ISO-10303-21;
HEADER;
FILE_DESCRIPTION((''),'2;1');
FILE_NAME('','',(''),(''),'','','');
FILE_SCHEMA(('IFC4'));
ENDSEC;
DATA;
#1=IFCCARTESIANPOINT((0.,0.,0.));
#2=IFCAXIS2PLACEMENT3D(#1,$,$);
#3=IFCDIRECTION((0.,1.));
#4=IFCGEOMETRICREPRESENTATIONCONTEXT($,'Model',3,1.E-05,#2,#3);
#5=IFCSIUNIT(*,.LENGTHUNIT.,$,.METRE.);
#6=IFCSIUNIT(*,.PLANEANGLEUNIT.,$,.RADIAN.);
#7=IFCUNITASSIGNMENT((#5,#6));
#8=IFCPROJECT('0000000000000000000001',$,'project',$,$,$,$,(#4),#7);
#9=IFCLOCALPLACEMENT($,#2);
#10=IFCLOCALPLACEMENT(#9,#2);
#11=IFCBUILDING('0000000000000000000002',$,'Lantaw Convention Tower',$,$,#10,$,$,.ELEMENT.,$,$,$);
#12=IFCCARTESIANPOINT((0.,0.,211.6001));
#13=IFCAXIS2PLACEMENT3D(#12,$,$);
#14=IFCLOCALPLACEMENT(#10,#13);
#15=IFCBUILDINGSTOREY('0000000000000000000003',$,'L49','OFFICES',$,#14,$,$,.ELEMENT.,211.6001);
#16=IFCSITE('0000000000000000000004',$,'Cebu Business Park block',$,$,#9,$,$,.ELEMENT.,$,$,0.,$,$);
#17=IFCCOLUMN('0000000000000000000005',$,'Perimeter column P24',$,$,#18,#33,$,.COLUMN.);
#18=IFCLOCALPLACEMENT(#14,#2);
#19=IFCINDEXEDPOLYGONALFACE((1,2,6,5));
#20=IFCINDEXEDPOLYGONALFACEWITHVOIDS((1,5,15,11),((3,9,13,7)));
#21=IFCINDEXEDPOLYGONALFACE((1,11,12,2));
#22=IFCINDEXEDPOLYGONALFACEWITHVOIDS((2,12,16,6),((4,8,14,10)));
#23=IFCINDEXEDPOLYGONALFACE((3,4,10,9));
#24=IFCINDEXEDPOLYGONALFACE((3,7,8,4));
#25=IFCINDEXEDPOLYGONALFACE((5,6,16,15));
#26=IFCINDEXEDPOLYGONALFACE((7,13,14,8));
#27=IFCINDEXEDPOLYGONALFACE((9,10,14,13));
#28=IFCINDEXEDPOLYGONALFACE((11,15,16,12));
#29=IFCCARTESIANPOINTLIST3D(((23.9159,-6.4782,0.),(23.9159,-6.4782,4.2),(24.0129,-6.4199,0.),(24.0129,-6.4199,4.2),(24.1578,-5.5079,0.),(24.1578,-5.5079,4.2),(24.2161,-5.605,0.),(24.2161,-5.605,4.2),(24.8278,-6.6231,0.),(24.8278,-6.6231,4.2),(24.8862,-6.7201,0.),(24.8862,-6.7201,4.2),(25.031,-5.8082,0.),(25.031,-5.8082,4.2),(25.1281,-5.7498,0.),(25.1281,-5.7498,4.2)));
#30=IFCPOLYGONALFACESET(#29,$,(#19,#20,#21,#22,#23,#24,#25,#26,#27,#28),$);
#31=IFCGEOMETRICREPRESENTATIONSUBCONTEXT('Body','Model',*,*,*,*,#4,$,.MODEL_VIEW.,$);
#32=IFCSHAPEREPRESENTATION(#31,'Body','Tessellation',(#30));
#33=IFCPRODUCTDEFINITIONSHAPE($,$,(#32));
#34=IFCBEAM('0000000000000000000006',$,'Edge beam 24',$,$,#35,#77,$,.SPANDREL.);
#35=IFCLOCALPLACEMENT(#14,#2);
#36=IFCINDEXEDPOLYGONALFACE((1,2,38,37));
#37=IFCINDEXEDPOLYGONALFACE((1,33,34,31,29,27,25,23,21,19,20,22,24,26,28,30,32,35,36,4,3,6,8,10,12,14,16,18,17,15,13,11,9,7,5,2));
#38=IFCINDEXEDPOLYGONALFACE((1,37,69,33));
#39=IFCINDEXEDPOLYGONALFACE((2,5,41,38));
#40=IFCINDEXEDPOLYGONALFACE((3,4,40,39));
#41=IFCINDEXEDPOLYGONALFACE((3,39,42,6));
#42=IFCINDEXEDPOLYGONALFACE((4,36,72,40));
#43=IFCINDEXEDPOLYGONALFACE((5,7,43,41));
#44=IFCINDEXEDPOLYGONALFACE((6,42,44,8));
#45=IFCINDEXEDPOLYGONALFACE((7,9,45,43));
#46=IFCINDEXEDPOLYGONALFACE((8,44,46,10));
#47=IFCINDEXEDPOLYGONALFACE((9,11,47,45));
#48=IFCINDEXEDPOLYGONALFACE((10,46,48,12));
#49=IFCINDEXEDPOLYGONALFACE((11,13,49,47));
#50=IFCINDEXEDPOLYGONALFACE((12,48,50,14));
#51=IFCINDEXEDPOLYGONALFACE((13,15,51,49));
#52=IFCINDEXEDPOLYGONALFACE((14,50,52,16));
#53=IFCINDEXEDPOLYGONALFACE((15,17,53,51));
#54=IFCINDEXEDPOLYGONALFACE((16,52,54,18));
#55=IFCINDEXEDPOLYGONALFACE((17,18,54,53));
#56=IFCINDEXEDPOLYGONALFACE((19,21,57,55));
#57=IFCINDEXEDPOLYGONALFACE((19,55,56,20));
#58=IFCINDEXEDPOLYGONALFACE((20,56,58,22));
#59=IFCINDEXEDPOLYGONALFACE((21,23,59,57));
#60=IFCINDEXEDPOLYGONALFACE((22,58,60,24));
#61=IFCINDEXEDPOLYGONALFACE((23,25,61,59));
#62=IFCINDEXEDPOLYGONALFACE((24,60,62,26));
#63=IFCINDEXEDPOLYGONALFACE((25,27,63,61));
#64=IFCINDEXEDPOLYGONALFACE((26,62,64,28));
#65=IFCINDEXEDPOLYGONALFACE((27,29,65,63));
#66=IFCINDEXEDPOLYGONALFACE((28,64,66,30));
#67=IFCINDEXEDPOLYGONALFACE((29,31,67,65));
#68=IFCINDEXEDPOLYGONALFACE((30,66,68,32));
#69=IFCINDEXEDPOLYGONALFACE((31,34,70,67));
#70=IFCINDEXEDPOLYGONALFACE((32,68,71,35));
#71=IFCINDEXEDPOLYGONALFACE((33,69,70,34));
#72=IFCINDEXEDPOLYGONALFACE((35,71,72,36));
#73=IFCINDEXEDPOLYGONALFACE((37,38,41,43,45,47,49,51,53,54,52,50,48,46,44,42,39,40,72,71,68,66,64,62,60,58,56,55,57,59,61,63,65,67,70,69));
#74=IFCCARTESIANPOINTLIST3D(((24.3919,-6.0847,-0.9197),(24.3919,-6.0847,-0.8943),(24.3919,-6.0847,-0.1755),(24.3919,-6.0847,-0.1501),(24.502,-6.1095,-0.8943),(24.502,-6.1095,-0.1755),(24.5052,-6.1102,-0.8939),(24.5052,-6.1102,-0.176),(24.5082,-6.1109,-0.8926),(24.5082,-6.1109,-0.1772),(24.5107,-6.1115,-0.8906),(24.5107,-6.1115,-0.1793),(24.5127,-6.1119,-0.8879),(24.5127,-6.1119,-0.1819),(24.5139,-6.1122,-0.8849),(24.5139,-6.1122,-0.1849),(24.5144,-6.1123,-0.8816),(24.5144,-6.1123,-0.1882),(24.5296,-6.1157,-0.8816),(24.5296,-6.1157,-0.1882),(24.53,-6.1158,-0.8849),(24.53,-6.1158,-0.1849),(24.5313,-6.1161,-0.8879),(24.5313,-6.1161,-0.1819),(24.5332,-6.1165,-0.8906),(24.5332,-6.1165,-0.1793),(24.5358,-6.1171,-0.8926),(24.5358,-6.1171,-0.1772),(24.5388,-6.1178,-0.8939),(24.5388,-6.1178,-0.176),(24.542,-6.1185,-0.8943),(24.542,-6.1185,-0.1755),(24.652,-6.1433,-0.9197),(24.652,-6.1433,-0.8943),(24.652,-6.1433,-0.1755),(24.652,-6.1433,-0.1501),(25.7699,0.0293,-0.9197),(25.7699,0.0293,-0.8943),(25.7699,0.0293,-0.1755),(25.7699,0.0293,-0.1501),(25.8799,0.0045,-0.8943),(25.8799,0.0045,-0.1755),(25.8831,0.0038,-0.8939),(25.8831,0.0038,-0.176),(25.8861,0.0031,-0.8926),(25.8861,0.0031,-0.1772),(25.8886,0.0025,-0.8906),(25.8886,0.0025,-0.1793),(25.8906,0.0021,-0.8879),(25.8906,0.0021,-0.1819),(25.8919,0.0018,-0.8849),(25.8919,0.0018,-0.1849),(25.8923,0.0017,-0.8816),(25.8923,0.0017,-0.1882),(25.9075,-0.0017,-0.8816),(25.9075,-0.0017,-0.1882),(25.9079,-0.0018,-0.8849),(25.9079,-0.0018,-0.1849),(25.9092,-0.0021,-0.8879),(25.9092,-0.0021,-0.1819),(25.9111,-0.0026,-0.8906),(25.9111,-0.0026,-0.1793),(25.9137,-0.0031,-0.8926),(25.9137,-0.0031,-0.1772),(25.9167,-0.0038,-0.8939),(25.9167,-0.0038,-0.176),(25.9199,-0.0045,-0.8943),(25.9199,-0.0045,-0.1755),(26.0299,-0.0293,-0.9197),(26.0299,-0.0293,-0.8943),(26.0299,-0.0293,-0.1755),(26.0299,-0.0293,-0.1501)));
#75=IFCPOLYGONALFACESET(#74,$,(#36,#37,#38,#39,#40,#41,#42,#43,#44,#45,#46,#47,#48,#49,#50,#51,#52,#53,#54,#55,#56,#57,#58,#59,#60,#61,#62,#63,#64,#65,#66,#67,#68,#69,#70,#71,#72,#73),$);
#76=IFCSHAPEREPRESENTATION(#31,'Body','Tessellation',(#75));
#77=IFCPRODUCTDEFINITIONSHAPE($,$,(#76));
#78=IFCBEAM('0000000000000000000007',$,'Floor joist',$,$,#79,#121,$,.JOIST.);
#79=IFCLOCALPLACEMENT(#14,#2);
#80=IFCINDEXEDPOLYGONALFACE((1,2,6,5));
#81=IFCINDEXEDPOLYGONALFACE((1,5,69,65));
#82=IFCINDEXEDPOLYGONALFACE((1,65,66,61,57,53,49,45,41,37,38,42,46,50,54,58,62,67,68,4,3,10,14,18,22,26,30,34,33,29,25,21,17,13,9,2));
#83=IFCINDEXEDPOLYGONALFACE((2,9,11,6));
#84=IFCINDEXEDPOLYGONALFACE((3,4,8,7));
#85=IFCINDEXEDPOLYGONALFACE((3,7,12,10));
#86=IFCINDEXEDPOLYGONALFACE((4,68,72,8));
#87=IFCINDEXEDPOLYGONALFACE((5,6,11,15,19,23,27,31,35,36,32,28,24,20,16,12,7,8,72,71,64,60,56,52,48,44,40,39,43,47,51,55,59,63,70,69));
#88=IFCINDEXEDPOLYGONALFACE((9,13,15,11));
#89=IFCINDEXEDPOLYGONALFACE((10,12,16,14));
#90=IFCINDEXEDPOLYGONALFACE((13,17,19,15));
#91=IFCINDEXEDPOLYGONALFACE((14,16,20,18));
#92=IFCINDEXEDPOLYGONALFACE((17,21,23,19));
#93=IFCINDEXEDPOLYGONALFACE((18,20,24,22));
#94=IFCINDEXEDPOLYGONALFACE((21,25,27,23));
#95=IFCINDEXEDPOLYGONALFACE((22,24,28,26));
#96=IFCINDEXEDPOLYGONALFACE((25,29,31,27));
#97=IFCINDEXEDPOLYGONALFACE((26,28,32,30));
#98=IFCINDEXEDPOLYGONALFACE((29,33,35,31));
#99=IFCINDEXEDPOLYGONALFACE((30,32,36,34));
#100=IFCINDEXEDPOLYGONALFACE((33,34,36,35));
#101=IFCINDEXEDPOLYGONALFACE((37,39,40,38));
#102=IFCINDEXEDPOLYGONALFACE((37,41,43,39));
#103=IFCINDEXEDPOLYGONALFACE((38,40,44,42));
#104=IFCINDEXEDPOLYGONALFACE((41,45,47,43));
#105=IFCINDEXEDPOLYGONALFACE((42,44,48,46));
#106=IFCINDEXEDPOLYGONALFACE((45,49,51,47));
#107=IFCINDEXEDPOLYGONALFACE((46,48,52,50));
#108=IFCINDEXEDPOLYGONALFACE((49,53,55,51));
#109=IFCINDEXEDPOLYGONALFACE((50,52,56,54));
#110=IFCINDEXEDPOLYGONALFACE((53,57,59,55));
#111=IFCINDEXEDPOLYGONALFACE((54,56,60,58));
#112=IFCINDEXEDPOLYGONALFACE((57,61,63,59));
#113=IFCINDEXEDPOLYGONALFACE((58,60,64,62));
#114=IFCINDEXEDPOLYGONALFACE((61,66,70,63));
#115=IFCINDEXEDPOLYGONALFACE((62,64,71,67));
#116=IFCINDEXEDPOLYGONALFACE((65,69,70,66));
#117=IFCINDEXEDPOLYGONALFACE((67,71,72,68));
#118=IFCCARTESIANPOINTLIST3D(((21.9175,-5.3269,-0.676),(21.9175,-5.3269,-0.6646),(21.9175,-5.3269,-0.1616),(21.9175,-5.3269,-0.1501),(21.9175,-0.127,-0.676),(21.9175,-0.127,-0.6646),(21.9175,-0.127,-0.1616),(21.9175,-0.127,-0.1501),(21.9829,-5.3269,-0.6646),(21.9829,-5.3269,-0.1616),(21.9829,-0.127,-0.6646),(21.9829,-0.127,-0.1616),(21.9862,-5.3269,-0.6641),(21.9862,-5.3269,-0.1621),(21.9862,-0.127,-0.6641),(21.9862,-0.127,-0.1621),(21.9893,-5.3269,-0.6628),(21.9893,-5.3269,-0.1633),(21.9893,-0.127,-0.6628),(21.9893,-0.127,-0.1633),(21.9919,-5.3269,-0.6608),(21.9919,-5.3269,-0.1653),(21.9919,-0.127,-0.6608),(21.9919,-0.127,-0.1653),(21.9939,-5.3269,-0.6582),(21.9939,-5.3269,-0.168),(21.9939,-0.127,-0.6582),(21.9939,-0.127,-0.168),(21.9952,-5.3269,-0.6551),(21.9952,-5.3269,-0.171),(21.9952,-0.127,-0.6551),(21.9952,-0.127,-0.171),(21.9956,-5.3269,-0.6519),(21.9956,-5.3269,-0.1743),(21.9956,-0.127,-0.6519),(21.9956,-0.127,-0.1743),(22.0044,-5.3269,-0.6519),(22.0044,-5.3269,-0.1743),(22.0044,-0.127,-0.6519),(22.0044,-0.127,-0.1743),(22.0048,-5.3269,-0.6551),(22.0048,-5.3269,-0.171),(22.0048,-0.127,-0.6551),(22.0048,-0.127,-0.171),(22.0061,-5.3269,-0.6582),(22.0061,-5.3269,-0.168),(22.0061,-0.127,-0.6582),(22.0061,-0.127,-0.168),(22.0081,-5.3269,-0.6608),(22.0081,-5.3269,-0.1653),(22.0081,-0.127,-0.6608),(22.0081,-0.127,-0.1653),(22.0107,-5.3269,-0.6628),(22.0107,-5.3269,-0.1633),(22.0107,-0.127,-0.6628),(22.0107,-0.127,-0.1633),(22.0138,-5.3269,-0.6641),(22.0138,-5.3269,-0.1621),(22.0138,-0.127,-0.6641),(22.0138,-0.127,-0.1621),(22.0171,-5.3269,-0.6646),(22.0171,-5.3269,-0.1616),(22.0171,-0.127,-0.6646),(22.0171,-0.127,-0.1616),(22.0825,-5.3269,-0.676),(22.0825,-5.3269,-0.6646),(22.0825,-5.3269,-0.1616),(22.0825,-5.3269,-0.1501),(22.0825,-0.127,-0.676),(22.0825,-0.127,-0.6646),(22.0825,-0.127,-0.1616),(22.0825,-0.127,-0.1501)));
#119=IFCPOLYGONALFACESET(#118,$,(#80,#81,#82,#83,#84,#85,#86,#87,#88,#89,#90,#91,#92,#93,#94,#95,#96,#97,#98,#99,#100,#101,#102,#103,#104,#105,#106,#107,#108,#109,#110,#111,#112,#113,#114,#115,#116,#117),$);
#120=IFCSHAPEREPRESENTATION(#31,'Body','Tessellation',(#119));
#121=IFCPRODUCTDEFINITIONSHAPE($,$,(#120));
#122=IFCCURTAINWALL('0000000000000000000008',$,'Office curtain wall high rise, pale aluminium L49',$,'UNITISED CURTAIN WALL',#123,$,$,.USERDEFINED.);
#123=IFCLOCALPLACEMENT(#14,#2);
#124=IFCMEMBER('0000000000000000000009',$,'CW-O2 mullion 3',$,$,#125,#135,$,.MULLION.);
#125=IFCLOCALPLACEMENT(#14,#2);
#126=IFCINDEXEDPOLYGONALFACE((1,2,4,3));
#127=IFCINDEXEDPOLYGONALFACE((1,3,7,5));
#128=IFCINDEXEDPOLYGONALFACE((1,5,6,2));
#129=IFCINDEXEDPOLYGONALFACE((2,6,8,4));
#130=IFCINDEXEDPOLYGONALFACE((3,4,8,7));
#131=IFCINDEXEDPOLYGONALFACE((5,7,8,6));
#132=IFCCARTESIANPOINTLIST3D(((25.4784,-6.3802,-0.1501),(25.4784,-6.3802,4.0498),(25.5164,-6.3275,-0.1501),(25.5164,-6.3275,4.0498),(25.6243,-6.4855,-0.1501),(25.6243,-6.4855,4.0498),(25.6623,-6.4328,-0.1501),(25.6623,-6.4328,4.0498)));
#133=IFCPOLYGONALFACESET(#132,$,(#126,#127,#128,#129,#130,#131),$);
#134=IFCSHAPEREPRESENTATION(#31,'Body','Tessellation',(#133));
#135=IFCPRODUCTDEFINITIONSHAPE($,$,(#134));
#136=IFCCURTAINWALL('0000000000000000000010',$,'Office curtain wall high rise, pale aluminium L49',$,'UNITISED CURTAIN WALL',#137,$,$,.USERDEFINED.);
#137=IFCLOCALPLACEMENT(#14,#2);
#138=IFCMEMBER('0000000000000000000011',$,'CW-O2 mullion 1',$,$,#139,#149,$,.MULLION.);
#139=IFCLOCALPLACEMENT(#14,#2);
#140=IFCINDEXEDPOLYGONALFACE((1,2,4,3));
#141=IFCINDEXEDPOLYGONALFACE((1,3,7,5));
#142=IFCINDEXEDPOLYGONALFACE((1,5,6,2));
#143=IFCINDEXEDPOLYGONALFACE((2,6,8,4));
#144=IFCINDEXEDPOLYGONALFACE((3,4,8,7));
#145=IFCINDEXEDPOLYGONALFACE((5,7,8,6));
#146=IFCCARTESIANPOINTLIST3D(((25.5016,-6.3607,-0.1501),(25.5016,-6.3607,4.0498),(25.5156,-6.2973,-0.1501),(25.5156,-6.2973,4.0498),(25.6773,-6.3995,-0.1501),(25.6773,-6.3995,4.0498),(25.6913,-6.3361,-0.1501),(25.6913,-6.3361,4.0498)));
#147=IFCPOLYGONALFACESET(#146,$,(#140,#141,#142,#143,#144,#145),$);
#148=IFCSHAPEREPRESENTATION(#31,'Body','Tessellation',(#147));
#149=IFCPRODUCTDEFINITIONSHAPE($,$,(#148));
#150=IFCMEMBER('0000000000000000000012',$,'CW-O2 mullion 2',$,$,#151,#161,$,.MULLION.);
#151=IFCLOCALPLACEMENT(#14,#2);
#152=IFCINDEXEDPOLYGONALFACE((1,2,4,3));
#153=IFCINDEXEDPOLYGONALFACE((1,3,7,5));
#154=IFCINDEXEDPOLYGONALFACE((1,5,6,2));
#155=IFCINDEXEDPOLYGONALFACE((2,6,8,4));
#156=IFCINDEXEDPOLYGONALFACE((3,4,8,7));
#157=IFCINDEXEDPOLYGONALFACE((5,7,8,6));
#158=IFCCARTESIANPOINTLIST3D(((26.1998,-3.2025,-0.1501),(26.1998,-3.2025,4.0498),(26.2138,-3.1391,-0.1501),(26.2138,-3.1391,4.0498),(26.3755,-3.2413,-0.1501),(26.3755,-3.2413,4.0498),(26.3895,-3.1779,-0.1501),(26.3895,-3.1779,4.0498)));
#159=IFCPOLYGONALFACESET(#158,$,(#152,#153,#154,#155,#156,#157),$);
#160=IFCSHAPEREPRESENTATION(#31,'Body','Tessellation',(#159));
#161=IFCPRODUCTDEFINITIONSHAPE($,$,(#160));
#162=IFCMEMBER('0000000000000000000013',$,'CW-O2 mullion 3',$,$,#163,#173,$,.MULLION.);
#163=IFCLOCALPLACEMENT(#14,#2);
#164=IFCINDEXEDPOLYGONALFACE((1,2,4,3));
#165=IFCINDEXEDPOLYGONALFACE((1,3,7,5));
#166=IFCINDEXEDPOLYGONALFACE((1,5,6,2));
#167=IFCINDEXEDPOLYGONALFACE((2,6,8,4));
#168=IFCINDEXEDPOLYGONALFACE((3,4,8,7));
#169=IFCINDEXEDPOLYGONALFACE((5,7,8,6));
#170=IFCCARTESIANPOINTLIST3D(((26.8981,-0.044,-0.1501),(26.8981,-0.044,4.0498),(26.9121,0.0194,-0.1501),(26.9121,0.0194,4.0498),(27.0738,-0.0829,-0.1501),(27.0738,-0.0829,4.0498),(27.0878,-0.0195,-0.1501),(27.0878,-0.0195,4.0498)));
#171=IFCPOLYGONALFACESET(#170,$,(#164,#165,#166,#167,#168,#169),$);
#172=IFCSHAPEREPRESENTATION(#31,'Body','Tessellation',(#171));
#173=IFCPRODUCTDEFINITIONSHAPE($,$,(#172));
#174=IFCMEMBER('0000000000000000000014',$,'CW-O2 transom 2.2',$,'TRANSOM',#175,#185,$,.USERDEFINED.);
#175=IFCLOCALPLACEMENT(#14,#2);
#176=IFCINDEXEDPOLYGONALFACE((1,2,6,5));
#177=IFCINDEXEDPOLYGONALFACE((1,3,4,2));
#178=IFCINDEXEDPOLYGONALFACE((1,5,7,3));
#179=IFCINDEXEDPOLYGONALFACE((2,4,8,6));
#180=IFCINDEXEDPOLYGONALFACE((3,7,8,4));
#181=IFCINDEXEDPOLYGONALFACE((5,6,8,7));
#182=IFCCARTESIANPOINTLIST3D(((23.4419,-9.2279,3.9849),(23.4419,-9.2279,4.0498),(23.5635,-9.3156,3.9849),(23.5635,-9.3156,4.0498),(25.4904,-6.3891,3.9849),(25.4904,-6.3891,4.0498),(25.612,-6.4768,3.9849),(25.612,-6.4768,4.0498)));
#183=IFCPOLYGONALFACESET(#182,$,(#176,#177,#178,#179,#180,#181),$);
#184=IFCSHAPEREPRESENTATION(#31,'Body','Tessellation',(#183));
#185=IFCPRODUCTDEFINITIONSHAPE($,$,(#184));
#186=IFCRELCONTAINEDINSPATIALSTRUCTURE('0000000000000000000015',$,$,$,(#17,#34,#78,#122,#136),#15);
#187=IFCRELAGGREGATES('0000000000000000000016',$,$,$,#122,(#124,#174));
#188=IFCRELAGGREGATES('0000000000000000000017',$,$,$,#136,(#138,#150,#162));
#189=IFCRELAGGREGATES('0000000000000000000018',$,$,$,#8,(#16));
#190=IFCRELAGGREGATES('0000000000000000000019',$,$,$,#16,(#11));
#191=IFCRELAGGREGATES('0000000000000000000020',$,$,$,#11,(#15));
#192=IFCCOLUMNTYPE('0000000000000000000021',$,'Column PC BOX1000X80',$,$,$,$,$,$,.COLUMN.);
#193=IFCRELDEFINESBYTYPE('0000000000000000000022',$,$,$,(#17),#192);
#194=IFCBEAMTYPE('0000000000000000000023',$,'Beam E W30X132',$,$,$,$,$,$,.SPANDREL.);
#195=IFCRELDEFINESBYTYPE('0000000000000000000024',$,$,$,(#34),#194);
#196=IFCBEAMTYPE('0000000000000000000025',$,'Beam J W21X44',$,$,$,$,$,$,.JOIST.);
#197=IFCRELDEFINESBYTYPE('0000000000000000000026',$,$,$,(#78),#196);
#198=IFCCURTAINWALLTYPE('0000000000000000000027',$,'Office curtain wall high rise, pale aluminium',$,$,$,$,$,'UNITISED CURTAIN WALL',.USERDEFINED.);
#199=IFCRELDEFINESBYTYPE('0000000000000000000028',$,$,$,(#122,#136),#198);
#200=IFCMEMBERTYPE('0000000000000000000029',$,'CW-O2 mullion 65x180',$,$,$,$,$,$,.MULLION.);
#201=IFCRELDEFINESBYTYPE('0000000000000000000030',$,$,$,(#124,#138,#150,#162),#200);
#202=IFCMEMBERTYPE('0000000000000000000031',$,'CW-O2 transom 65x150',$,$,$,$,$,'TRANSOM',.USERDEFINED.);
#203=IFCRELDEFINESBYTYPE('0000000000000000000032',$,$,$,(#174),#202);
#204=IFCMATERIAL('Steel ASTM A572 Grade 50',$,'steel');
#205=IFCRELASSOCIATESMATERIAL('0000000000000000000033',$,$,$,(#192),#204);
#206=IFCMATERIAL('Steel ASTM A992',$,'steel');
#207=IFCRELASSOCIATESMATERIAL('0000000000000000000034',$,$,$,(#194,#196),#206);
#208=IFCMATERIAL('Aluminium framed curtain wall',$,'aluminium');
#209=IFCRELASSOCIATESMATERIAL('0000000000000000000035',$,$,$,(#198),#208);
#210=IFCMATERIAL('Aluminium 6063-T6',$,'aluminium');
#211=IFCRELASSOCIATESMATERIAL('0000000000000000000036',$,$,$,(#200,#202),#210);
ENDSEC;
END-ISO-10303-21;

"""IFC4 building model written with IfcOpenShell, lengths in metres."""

from ifc_helpers import new_model, si_unit, direction, frame, origin, origin_2d, place, context, subcontext, project, spatial, rectangle, hollow_rectangle, i_section, extrude, material, material_profile, profile_set, type_object, element, aggregate, save


model = new_model("IFC4")

# Units and contexts
model_context = context("Model", 3, precision=1e-05, world=origin(), true_north=direction((0.0, 1.0)))
body_context = subcontext(model_context, "Body", "Model", "MODEL_VIEW")
ifc_project = project(units=[si_unit("LENGTHUNIT", "METRE"), si_unit("PLANEANGLEUNIT", "RADIAN")], contexts=[model_context])

# Site, building, storey
site_placement = place(None, origin())
site = spatial("IfcSite", under=ifc_project, at=site_placement, Name="Cebu Business Park block", CompositionType="ELEMENT", RefElevation=0.0)
building_placement = place(site_placement, origin())
building = spatial("IfcBuilding", under=site, at=building_placement, Name="Lantaw Convention Tower", CompositionType="ELEMENT")
storey_placement = place(building_placement, frame((0.0, 0.0, 211.6001)))
storey = spatial("IfcBuildingStorey", under=building, at=storey_placement, Name="L49", Description="OFFICES", CompositionType="ELEMENT", Elevation=211.6001)

# Column
ifc_material_1 = material(Name="Steel ASTM A572 Grade 50", Category="steel")
ifc_material_profile_1 = material_profile(ifc_material_1, hollow_rectangle(XDim=1.0, YDim=1.0, WallThickness=0.0801, at=origin_2d()), Name="BOX1000X80")
ifc_material_2 = material(Name="Concrete C60/75", Category="concrete")
ifc_material_profile_2 = material_profile(ifc_material_2, rectangle(XDim=0.8401, YDim=0.8401, at=origin_2d()), Name="Concrete fill of BOX1000X80")
ifc_profile_set_1 = profile_set([ifc_material_profile_1, ifc_material_profile_2], Name="Steel ASTM A572 Grade 50")
column_type = type_object("IfcColumnType", Name="Column PC BOX1000X80", PredefinedType="COLUMN", material=ifc_profile_set_1)
column_placement = place(storey_placement, frame((24.522, -6.114, 0.0), z_axis=(0.0, 0.0, 1.0), x_axis=(0.241922, 0.970296, 0.0)))
element("IfcColumn", 1, at=column_placement, inside=storey, type_object=column_type, Name="Perimeter column P24", PredefinedType="COLUMN", context=body_context, shape_type="SweptSolid", body=[
    extrude(hollow_rectangle(XDim=1.0, YDim=1.0, WallThickness=0.0801, at=origin_2d()), origin(), (0.0, 0.0, 1.0), 4.2),
])

# Beams
ifc_material_3 = material(Name="Steel ASTM A992", Category="steel")
ifc_material_profile_3 = material_profile(ifc_material_3, i_section(OverallWidth=0.2666, OverallDepth=0.7695, WebThickness=0.0156, FlangeThickness=0.0254, FilletRadius=0.0127, at=origin_2d()), Name="W30X132")
ifc_profile_set_2 = profile_set([ifc_material_profile_3], Name="Steel ASTM A992")
beam_type_1 = type_object("IfcBeamType", Name="Beam E W30X132", PredefinedType="SPANDREL", material=ifc_profile_set_2)
beam_1_placement = place(storey_placement, frame((24.522, -6.114, -0.5349), z_axis=(0.219858, 0.975532, 0.0), x_axis=(-0.975532, 0.219858, 0.0)))
element("IfcBeam", 2, at=beam_1_placement, inside=storey, type_object=beam_type_1, Name="Edge beam 24", PredefinedType="SPANDREL", context=body_context, shape_type="SweptSolid", body=[
    extrude(i_section(OverallWidth=0.2666, OverallDepth=0.7695, WebThickness=0.0156, FlangeThickness=0.0254, FilletRadius=0.0127, at=origin_2d()), origin(), (0.0, 0.0, 1.0), 6.2673),
])
ifc_material_profile_4 = material_profile(ifc_material_3, i_section(OverallWidth=0.165, OverallDepth=0.5259, WebThickness=0.0088, FlangeThickness=0.0115, FilletRadius=0.0127, at=origin_2d()), Name="W21X44")
ifc_profile_set_3 = profile_set([ifc_material_profile_4], Name="Steel ASTM A992")
beam_type_2 = type_object("IfcBeamType", Name="Beam J W21X44", PredefinedType="JOIST", material=ifc_profile_set_3)
beam_2_placement = place(storey_placement, frame((22.0, -5.3269, -0.4131), z_axis=(0.0, 1.0, 0.0), x_axis=(-1.0, 0.0, 0.0)))
element("IfcBeam", 3, at=beam_2_placement, inside=storey, type_object=beam_type_2, Name="Floor joist", PredefinedType="JOIST", context=body_context, shape_type="SweptSolid", body=[
    extrude(i_section(OverallWidth=0.165, OverallDepth=0.5259, WebThickness=0.0088, FlangeThickness=0.0115, FilletRadius=0.0127, at=origin_2d()), origin(), (0.0, 0.0, 1.0), 5.2),
])

# Curtain wall, member
ifc_material_4 = material(Name="Aluminium framed curtain wall", Category="aluminium")
curtain_wall_type = type_object("IfcCurtainWallType", Name="Office curtain wall high rise, pale aluminium", ElementType="UNITISED CURTAIN WALL", PredefinedType="USERDEFINED", material=ifc_material_4)
curtain_wall_1_placement = place(storey_placement, origin())
curtain_wall_1 = element("IfcCurtainWall", 4, at=curtain_wall_1_placement, inside=storey, type_object=curtain_wall_type, Name="Office curtain wall high rise, pale aluminium L49", ObjectType="UNITISED CURTAIN WALL", PredefinedType="USERDEFINED")
ifc_material_5 = material(Name="Aluminium 6063-T6", Category="aluminium")
ifc_material_profile_5 = material_profile(ifc_material_5, rectangle(XDim=0.1799, YDim=0.0649, at=origin_2d()), Name="CW-O2 mullion 65x180")
ifc_profile_set_4 = profile_set([ifc_material_profile_5], Name="Aluminium 6063-T6")
member_type_1 = type_object("IfcMemberType", Name="CW-O2 mullion 65x180", PredefinedType="MULLION", material=ifc_profile_set_4)
member_1_placement = place(storey_placement, frame((25.5703, -6.4065, -0.1501), z_axis=(0.0, 0.0, 1.0), x_axis=(-0.81092, 0.585158, 0.0)))
member_1 = element("IfcMember", 5, at=member_1_placement, type_object=member_type_1, Name="CW-O2 mullion 3", PredefinedType="MULLION", context=body_context, shape_type="SweptSolid", body=[
    extrude(rectangle(XDim=0.1799, YDim=0.0649, at=origin_2d()), origin(), (0.0, 0.0, 1.0), 4.2),
])

# Curtain wall, members
curtain_wall_2_placement = place(storey_placement, origin())
curtain_wall_2 = element("IfcCurtainWall", 6, at=curtain_wall_2_placement, inside=storey, type_object=curtain_wall_type, Name="Office curtain wall high rise, pale aluminium L49", ObjectType="UNITISED CURTAIN WALL", PredefinedType="USERDEFINED")
member_2_placement = place(storey_placement, frame((25.5964, -6.3484, -0.1501), z_axis=(0.0, 0.0, 1.0), x_axis=(-0.976417, 0.215891, 0.0)))
member_2 = element("IfcMember", 7, at=member_2_placement, type_object=member_type_1, Name="CW-O2 mullion 1", PredefinedType="MULLION", context=body_context, shape_type="SweptSolid", body=[
    extrude(rectangle(XDim=0.1799, YDim=0.0649, at=origin_2d()), origin(), (0.0, 0.0, 1.0), 4.2),
])
member_3_placement = place(storey_placement, frame((26.2947, -3.1902, -0.1501), z_axis=(0.0, 0.0, 1.0), x_axis=(-0.976417, 0.215891, 0.0)))
member_3 = element("IfcMember", 8, at=member_3_placement, type_object=member_type_1, Name="CW-O2 mullion 2", PredefinedType="MULLION", context=body_context, shape_type="SweptSolid", body=[
    extrude(rectangle(XDim=0.1799, YDim=0.0649, at=origin_2d()), origin(), (0.0, 0.0, 1.0), 4.2),
])
member_4_placement = place(storey_placement, frame((26.9929, -0.0317, -0.1501), z_axis=(0.0, 0.0, 1.0), x_axis=(-0.976417, 0.215891, 0.0)))
member_4 = element("IfcMember", 9, at=member_4_placement, type_object=member_type_1, Name="CW-O2 mullion 3", PredefinedType="MULLION", context=body_context, shape_type="SweptSolid", body=[
    extrude(rectangle(XDim=0.1799, YDim=0.0649, at=origin_2d()), origin(), (0.0, 0.0, 1.0), 4.2),
])

# Member
ifc_material_profile_6 = material_profile(ifc_material_5, rectangle(XDim=0.1499, YDim=0.0649, at=origin_2d()), Name="CW-O2 transom 65x150")
ifc_profile_set_5 = profile_set([ifc_material_profile_6], Name="Aluminium 6063-T6")
member_type_2 = type_object("IfcMemberType", Name="CW-O2 transom 65x150", ElementType="TRANSOM", PredefinedType="USERDEFINED", material=ifc_profile_set_5)
member_5_placement = place(storey_placement, frame((23.5027, -9.2717, 4.0173), z_axis=(0.58517, 0.810911, 0.0), x_axis=(-0.810911, 0.58517, 0.0)))
member_5 = element("IfcMember", 10, at=member_5_placement, type_object=member_type_2, Name="CW-O2 transom 2.2", ObjectType="TRANSOM", PredefinedType="USERDEFINED", context=body_context, shape_type="SweptSolid", body=[
    extrude(rectangle(XDim=0.1499, YDim=0.0649, at=origin_2d()), origin(), (0.0, 0.0, 1.0), 3.5007),
])

aggregate(curtain_wall_1, [member_1, member_5])
aggregate(curtain_wall_2, [member_2, member_3, member_4])

save(model, "model.ifc")
